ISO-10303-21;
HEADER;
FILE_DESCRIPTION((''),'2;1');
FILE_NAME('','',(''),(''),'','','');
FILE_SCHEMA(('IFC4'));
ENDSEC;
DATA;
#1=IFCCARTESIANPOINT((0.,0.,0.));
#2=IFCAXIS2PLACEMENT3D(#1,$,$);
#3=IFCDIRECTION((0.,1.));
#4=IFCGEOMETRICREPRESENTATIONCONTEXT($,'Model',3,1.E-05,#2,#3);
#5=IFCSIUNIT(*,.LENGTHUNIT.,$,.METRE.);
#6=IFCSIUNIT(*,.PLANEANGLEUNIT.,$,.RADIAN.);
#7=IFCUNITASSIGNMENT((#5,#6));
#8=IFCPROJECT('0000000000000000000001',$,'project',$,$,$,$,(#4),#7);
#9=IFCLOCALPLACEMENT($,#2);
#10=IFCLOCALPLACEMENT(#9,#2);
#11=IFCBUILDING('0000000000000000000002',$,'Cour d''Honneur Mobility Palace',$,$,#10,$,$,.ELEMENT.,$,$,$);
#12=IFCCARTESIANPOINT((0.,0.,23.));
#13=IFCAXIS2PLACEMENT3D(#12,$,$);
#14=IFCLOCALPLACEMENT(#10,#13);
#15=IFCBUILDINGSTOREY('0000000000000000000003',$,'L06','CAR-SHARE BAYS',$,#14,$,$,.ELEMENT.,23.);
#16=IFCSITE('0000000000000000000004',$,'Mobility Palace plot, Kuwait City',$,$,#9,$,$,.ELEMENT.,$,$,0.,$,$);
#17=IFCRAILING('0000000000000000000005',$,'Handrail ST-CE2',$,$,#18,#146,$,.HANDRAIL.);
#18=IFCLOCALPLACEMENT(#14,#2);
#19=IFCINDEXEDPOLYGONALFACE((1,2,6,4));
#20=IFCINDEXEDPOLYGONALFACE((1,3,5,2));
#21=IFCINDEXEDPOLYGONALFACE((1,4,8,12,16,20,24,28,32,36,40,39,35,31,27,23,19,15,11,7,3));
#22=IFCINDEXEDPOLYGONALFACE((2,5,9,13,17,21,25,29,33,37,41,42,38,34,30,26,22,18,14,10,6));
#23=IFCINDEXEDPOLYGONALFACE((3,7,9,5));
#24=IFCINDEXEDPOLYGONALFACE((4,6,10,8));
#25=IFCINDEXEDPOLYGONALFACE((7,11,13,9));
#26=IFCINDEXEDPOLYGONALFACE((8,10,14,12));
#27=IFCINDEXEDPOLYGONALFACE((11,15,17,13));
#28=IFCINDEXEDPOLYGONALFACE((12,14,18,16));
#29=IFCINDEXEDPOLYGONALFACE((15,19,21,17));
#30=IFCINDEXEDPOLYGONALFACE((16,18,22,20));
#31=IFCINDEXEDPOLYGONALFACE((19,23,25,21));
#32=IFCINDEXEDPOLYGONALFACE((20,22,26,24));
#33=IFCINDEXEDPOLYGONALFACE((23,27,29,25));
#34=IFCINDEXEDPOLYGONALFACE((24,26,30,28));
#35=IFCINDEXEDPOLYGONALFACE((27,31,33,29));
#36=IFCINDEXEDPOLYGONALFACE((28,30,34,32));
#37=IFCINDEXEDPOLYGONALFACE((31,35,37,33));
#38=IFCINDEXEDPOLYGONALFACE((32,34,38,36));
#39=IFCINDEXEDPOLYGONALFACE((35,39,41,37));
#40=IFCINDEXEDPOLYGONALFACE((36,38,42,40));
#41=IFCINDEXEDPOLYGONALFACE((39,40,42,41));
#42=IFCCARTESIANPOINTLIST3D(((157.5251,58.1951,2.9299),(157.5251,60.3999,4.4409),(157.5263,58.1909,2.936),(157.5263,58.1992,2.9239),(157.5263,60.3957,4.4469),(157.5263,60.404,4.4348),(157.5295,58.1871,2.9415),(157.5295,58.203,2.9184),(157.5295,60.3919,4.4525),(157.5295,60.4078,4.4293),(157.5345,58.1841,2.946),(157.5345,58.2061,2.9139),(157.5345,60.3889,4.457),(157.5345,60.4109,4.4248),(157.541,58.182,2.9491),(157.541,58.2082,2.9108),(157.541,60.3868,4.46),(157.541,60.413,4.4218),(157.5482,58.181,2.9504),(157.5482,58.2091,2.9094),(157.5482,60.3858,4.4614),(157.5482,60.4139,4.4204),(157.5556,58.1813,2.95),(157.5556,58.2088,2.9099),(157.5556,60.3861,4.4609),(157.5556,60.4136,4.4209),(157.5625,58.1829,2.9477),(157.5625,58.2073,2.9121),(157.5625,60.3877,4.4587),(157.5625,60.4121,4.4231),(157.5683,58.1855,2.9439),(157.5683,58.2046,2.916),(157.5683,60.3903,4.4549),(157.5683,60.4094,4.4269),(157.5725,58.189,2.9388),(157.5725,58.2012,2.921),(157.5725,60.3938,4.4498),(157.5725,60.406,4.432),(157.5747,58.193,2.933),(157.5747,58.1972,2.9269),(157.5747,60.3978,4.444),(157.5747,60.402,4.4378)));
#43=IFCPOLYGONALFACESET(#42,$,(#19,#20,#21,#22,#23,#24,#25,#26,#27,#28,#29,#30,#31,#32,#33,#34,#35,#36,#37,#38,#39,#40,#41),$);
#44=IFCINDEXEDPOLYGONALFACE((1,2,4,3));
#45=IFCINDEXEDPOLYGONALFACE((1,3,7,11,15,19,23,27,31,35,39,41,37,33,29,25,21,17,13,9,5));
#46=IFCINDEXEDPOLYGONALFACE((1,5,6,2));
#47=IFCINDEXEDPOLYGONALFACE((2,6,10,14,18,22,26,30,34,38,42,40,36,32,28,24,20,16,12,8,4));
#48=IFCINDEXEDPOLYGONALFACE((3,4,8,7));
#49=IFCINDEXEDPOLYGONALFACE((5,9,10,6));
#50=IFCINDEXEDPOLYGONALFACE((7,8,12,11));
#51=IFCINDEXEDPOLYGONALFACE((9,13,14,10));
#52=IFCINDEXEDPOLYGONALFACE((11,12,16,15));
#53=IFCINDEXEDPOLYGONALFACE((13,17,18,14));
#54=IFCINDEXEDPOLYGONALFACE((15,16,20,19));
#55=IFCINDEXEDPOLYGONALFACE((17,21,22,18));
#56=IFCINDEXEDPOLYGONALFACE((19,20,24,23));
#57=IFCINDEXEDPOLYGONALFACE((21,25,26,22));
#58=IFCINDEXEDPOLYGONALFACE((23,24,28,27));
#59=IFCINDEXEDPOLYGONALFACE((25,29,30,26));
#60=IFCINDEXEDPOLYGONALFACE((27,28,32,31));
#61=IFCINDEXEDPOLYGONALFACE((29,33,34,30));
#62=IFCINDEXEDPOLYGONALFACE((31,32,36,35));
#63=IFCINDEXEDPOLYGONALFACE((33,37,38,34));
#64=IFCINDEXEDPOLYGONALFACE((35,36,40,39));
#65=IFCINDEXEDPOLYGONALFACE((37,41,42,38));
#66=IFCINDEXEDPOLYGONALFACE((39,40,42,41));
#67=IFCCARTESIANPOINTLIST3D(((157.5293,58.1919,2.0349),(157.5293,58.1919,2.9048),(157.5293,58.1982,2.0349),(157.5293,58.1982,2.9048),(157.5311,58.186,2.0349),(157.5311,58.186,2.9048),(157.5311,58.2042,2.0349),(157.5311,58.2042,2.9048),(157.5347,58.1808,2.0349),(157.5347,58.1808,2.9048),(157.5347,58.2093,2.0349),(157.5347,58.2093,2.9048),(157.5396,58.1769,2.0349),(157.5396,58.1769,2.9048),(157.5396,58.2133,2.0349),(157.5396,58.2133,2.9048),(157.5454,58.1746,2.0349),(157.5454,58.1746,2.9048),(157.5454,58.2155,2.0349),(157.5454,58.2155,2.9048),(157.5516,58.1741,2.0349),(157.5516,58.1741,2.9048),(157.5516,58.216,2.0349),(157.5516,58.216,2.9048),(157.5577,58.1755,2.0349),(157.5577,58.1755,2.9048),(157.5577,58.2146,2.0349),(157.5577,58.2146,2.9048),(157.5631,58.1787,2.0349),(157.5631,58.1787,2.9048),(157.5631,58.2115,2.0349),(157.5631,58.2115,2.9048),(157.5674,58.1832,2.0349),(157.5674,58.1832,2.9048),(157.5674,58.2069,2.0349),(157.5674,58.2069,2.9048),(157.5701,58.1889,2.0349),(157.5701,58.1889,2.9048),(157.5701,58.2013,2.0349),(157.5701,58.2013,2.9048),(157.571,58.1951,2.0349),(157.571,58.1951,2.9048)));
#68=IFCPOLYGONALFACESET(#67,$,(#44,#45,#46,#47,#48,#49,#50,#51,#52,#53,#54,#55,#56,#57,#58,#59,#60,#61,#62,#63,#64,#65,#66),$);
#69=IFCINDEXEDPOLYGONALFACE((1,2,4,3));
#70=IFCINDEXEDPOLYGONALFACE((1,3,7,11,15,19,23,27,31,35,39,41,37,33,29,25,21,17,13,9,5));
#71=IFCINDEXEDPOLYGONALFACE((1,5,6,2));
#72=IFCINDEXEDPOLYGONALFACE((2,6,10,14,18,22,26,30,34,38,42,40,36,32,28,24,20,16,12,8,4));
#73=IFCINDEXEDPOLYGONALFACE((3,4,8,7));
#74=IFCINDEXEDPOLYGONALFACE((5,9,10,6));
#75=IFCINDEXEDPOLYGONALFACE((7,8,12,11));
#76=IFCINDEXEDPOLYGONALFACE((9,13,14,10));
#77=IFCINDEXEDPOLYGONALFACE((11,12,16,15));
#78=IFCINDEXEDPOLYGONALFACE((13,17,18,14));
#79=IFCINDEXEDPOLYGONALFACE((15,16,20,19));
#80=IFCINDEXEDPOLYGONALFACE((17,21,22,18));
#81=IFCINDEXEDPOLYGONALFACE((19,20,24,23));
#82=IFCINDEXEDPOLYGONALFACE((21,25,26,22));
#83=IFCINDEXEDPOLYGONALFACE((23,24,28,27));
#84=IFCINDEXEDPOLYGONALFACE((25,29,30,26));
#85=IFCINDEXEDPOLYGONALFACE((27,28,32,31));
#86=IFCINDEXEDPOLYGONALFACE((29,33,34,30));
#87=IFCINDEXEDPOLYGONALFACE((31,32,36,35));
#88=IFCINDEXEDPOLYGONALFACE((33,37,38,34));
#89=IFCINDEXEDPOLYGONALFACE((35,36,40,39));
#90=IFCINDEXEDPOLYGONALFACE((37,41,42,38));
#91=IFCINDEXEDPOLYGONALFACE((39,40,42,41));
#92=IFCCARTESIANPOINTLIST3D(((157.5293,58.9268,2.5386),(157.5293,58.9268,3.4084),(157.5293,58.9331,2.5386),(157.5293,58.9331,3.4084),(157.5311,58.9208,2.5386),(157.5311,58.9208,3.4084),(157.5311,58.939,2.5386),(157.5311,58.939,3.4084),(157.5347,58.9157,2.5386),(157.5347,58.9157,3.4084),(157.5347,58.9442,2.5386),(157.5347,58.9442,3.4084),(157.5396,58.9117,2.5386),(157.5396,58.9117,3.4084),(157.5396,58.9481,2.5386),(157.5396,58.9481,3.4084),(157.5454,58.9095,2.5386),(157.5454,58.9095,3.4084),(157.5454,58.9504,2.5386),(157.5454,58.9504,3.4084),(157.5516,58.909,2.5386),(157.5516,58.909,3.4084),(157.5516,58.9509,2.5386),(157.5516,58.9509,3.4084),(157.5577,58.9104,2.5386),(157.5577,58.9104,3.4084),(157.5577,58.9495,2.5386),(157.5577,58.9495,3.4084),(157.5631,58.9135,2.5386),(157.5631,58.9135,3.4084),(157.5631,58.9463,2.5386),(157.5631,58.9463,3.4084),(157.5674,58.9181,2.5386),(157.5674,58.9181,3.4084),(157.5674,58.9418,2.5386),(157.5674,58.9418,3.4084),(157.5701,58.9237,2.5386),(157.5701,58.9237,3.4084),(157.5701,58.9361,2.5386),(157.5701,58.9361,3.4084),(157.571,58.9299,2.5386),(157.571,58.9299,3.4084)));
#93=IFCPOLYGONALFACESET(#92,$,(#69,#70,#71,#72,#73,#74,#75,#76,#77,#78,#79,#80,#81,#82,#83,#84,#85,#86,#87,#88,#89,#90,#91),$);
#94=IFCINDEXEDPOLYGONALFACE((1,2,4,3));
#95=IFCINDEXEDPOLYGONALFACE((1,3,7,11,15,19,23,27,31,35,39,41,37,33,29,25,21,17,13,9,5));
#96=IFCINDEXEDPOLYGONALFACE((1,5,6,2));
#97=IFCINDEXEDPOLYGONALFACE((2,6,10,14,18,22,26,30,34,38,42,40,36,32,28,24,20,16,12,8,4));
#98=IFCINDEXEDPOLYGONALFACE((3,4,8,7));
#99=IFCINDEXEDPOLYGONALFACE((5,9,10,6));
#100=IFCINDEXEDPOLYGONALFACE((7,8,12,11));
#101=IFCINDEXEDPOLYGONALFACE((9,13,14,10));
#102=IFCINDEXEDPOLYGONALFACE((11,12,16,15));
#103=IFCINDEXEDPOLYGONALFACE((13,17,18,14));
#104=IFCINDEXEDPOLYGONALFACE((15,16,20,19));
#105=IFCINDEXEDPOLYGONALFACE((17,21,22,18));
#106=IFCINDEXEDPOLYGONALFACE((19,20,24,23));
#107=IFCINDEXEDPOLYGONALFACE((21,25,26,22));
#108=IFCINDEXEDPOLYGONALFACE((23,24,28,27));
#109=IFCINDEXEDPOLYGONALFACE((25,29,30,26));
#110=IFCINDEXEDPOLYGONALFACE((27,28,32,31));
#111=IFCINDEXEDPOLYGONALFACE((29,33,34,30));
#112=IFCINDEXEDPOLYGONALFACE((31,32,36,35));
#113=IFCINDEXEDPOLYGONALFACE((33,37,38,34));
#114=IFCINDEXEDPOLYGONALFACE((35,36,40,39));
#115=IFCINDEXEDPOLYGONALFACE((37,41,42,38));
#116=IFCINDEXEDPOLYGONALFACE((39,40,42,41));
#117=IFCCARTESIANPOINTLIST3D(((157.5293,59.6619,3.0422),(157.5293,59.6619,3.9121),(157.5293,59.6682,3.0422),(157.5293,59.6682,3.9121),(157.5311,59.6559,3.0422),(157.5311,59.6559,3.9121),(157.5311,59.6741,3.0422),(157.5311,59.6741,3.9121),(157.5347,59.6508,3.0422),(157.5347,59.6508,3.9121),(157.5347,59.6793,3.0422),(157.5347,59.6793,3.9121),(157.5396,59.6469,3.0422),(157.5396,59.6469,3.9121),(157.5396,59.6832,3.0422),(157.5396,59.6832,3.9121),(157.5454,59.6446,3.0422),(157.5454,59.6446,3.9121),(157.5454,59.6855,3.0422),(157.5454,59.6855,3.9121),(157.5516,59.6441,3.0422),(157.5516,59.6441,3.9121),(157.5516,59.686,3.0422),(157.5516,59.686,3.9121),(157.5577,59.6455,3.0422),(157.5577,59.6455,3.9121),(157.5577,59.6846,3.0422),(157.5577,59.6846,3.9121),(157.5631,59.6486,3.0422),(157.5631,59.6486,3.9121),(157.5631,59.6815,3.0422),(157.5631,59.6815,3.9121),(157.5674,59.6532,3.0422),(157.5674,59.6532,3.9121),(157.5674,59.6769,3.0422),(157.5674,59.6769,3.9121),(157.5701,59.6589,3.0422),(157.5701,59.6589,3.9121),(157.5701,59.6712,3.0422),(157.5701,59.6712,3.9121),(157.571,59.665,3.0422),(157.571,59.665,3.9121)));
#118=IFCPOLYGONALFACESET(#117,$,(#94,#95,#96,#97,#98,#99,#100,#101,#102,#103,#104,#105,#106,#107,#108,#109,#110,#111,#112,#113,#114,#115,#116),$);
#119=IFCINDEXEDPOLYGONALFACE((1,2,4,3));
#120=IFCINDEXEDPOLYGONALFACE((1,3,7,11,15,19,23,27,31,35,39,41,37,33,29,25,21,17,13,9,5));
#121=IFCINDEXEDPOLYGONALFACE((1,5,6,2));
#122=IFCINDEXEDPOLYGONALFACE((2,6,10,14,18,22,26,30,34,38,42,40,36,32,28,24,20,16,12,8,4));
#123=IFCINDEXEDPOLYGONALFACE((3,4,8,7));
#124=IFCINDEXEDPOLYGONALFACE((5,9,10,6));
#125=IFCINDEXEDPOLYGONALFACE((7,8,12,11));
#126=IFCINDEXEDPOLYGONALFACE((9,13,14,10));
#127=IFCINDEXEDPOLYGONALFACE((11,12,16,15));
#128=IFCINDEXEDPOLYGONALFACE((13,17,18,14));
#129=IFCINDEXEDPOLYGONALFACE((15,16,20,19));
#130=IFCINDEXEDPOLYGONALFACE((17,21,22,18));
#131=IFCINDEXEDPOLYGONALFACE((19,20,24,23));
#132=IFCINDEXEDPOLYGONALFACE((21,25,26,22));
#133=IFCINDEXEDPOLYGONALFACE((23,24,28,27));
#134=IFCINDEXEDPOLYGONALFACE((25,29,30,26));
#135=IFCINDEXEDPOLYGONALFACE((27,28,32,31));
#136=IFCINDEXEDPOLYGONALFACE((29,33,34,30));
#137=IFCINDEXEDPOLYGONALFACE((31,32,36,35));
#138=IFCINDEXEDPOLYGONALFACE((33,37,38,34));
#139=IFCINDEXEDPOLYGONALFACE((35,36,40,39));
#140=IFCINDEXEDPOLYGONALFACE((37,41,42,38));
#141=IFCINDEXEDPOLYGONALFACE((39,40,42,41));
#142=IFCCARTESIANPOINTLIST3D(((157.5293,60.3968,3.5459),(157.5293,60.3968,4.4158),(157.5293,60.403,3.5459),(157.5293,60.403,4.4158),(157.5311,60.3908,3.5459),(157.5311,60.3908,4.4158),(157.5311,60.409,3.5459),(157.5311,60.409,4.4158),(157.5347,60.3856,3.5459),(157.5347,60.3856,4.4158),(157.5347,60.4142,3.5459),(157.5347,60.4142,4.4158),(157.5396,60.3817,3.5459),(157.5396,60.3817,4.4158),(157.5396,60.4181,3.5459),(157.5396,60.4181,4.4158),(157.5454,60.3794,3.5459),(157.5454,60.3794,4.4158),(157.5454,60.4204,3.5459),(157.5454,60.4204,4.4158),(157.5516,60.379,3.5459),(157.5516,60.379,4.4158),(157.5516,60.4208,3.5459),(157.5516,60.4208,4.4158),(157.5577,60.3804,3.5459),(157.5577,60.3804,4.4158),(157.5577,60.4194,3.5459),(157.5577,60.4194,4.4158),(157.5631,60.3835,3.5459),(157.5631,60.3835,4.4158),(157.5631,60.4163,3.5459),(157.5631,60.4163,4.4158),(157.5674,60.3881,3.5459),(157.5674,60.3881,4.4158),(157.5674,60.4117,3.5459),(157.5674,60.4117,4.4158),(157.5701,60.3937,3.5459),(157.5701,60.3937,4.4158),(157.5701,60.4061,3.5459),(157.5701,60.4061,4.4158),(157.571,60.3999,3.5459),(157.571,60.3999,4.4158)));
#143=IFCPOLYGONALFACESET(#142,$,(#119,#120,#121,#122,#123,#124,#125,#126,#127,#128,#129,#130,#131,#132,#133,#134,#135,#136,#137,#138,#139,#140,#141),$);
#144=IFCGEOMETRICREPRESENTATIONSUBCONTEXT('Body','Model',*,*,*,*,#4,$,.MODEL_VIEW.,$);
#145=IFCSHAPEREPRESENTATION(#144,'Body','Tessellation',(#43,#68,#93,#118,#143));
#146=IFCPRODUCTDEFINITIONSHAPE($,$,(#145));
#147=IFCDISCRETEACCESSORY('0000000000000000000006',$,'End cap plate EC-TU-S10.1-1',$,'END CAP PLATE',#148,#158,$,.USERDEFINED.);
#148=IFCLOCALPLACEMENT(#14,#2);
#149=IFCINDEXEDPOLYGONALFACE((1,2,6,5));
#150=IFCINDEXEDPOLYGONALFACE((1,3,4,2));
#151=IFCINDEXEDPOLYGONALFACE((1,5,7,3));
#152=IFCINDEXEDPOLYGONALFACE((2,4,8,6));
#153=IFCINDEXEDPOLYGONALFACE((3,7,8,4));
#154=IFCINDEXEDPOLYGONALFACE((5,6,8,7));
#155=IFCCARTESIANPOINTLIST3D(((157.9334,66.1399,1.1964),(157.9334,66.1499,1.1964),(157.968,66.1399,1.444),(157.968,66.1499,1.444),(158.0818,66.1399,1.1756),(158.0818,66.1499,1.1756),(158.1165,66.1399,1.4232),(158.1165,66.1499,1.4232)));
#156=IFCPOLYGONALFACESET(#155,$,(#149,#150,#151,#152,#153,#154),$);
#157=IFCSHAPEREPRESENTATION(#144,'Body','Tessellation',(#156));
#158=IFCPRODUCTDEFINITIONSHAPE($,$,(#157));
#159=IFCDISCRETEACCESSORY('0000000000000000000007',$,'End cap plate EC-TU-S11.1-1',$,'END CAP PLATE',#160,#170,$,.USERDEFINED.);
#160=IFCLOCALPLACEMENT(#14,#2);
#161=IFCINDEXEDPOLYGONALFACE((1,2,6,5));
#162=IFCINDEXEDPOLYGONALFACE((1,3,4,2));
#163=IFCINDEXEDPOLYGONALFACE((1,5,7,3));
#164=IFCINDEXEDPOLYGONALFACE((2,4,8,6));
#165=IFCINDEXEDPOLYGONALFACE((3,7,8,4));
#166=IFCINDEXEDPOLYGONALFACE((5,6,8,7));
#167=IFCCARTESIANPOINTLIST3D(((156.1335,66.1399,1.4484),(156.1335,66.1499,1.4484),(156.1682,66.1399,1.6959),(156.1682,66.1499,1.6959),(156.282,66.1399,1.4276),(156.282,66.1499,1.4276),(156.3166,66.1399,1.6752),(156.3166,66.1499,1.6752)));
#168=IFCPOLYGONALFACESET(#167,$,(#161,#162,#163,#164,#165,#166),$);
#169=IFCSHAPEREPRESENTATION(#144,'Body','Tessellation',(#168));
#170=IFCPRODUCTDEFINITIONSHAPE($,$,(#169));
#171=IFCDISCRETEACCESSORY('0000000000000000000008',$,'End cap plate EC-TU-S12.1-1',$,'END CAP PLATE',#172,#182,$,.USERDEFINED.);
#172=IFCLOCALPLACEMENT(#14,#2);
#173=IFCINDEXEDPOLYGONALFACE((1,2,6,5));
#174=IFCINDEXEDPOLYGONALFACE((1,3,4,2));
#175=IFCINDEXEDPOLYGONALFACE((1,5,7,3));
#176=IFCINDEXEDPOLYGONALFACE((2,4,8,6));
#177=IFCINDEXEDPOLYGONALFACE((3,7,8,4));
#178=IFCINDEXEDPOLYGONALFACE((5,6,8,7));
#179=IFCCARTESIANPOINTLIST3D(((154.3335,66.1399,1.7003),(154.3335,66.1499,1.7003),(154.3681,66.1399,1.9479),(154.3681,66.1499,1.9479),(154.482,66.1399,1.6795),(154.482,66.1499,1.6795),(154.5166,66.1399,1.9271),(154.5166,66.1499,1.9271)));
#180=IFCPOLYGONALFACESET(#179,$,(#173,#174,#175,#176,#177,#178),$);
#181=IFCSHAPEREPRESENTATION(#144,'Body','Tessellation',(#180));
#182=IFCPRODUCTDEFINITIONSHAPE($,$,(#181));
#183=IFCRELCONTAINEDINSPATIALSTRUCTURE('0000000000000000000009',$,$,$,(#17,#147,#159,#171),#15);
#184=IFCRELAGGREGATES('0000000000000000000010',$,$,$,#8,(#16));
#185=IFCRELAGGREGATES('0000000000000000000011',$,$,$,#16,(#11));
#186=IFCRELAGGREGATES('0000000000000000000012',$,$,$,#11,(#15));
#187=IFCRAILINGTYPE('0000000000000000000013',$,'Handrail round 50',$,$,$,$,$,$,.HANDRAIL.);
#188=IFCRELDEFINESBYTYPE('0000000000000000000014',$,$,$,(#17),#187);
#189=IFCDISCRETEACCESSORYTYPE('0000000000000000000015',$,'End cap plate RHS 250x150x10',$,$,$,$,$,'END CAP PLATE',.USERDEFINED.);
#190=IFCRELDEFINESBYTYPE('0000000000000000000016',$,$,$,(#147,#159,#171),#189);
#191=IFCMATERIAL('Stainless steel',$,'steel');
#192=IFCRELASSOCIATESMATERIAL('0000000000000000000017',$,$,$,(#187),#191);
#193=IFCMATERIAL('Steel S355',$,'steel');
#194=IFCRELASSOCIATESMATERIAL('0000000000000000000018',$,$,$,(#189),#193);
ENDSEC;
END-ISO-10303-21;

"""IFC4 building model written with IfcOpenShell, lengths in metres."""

from ifc_helpers import new_model, si_unit, direction, frame, origin, origin_2d, place, context, subcontext, project, spatial, rectangle, circle, extrude, material, material_profile, profile_set, type_object, element, save


model = new_model("IFC4")

# Units and contexts
model_context = context("Model", 3, precision=1e-05, world=origin(), true_north=direction((0.0, 1.0)))
body_context = subcontext(model_context, "Body", "Model", "MODEL_VIEW")
ifc_project = project(units=[si_unit("LENGTHUNIT", "METRE"), si_unit("PLANEANGLEUNIT", "RADIAN")], contexts=[model_context])

# Site, building, storey
site_placement = place(None, origin())
site = spatial("IfcSite", under=ifc_project, at=site_placement, Name="Mobility Palace plot, Kuwait City", CompositionType="ELEMENT", RefElevation=0.0)
building_placement = place(site_placement, origin())
building = spatial("IfcBuilding", under=site, at=building_placement, Name="Cour d'Honneur Mobility Palace", CompositionType="ELEMENT")
storey_placement = place(building_placement, frame((0.0, 0.0, 23.0)))
storey = spatial("IfcBuildingStorey", under=building, at=storey_placement, Name="L06", Description="CAR-SHARE BAYS", CompositionType="ELEMENT", Elevation=23.0)

# Railing
ifc_material_1 = material(Name="Stainless steel", Category="steel")
railing_type_1 = type_object("IfcRailingType", Name="Handrail round 50", PredefinedType="HANDRAIL", material=ifc_material_1)
railing_1_placement = place(storey_placement, frame((157.55, 58.1951, 2.0349)))
element("IfcRailing", 1, at=railing_1_placement, inside=storey, type_object=railing_type_1, Name="Handrail ST-CE2", PredefinedType="HANDRAIL", context=body_context, shape_type="SweptSolid", body=[
    extrude(circle(Radius=0.0249, at=origin_2d()), frame((0.0, 0.0, 0.895), z_axis=(0.0, 0.824886, 0.565299), x_axis=(-1.0, 0.0, 0.0)), (0.0, 0.0, 1.0), 2.6729),
    extrude(circle(Radius=0.021, at=origin_2d()), origin(), (0.0, 0.0, 1.0), 0.8699),
    extrude(circle(Radius=0.021, at=origin_2d()), frame((0.0, 0.7349, 0.5037)), (0.0, 0.0, 1.0), 0.8699),
    extrude(circle(Radius=0.021, at=origin_2d()), frame((0.0, 1.47, 1.0073)), (0.0, 0.0, 1.0), 0.8699),
    extrude(circle(Radius=0.021, at=origin_2d()), frame((0.0, 2.2048, 1.511)), (0.0, 0.0, 1.0), 0.8699),
])

# Discrete accessories
ifc_material_2 = material(Name="Steel S355", Category="steel")
ifc_material_profile_1 = material_profile(ifc_material_2, rectangle(XDim=0.1499, YDim=0.25, at=origin_2d()), Name="PL 250x150x10")
ifc_profile_set_1 = profile_set([ifc_material_profile_1], Name="Steel S355")
discrete_accessory_type = type_object("IfcDiscreteAccessoryType", Name="End cap plate RHS 250x150x10", ElementType="END CAP PLATE", PredefinedType="USERDEFINED", material=ifc_profile_set_1)
for number, where, z_axis, x_axis, name in (
    (2, (158.0249, 66.1399, 1.3098), (0.0, 1.0, 0.0), (-0.99035, 0.0, 0.138591), "End cap plate EC-TU-S10.1-1"),
    (3, (156.2251, 66.1399, 1.5618), (0.0, 1.0, 0.0), (-0.99035, 0.0, 0.138591), "End cap plate EC-TU-S11.1-1"),
    (4, (154.425, 66.1399, 1.8137), (0.0, 1.0, 0.0), (-0.99035, 0.0, 0.138591), "End cap plate EC-TU-S12.1-1"),
):
    element("IfcDiscreteAccessory", number, at=place(storey_placement, frame(where, z_axis=z_axis, x_axis=x_axis)), inside=storey, type_object=discrete_accessory_type, Name=name, ObjectType="END CAP PLATE", PredefinedType="USERDEFINED", context=body_context, shape_type="SweptSolid", body=[
        extrude(rectangle(XDim=0.1499, YDim=0.25, at=origin_2d()), origin(), (0.0, 0.0, 1.0), 0.01),
    ])

save(model, "model.ifc")
